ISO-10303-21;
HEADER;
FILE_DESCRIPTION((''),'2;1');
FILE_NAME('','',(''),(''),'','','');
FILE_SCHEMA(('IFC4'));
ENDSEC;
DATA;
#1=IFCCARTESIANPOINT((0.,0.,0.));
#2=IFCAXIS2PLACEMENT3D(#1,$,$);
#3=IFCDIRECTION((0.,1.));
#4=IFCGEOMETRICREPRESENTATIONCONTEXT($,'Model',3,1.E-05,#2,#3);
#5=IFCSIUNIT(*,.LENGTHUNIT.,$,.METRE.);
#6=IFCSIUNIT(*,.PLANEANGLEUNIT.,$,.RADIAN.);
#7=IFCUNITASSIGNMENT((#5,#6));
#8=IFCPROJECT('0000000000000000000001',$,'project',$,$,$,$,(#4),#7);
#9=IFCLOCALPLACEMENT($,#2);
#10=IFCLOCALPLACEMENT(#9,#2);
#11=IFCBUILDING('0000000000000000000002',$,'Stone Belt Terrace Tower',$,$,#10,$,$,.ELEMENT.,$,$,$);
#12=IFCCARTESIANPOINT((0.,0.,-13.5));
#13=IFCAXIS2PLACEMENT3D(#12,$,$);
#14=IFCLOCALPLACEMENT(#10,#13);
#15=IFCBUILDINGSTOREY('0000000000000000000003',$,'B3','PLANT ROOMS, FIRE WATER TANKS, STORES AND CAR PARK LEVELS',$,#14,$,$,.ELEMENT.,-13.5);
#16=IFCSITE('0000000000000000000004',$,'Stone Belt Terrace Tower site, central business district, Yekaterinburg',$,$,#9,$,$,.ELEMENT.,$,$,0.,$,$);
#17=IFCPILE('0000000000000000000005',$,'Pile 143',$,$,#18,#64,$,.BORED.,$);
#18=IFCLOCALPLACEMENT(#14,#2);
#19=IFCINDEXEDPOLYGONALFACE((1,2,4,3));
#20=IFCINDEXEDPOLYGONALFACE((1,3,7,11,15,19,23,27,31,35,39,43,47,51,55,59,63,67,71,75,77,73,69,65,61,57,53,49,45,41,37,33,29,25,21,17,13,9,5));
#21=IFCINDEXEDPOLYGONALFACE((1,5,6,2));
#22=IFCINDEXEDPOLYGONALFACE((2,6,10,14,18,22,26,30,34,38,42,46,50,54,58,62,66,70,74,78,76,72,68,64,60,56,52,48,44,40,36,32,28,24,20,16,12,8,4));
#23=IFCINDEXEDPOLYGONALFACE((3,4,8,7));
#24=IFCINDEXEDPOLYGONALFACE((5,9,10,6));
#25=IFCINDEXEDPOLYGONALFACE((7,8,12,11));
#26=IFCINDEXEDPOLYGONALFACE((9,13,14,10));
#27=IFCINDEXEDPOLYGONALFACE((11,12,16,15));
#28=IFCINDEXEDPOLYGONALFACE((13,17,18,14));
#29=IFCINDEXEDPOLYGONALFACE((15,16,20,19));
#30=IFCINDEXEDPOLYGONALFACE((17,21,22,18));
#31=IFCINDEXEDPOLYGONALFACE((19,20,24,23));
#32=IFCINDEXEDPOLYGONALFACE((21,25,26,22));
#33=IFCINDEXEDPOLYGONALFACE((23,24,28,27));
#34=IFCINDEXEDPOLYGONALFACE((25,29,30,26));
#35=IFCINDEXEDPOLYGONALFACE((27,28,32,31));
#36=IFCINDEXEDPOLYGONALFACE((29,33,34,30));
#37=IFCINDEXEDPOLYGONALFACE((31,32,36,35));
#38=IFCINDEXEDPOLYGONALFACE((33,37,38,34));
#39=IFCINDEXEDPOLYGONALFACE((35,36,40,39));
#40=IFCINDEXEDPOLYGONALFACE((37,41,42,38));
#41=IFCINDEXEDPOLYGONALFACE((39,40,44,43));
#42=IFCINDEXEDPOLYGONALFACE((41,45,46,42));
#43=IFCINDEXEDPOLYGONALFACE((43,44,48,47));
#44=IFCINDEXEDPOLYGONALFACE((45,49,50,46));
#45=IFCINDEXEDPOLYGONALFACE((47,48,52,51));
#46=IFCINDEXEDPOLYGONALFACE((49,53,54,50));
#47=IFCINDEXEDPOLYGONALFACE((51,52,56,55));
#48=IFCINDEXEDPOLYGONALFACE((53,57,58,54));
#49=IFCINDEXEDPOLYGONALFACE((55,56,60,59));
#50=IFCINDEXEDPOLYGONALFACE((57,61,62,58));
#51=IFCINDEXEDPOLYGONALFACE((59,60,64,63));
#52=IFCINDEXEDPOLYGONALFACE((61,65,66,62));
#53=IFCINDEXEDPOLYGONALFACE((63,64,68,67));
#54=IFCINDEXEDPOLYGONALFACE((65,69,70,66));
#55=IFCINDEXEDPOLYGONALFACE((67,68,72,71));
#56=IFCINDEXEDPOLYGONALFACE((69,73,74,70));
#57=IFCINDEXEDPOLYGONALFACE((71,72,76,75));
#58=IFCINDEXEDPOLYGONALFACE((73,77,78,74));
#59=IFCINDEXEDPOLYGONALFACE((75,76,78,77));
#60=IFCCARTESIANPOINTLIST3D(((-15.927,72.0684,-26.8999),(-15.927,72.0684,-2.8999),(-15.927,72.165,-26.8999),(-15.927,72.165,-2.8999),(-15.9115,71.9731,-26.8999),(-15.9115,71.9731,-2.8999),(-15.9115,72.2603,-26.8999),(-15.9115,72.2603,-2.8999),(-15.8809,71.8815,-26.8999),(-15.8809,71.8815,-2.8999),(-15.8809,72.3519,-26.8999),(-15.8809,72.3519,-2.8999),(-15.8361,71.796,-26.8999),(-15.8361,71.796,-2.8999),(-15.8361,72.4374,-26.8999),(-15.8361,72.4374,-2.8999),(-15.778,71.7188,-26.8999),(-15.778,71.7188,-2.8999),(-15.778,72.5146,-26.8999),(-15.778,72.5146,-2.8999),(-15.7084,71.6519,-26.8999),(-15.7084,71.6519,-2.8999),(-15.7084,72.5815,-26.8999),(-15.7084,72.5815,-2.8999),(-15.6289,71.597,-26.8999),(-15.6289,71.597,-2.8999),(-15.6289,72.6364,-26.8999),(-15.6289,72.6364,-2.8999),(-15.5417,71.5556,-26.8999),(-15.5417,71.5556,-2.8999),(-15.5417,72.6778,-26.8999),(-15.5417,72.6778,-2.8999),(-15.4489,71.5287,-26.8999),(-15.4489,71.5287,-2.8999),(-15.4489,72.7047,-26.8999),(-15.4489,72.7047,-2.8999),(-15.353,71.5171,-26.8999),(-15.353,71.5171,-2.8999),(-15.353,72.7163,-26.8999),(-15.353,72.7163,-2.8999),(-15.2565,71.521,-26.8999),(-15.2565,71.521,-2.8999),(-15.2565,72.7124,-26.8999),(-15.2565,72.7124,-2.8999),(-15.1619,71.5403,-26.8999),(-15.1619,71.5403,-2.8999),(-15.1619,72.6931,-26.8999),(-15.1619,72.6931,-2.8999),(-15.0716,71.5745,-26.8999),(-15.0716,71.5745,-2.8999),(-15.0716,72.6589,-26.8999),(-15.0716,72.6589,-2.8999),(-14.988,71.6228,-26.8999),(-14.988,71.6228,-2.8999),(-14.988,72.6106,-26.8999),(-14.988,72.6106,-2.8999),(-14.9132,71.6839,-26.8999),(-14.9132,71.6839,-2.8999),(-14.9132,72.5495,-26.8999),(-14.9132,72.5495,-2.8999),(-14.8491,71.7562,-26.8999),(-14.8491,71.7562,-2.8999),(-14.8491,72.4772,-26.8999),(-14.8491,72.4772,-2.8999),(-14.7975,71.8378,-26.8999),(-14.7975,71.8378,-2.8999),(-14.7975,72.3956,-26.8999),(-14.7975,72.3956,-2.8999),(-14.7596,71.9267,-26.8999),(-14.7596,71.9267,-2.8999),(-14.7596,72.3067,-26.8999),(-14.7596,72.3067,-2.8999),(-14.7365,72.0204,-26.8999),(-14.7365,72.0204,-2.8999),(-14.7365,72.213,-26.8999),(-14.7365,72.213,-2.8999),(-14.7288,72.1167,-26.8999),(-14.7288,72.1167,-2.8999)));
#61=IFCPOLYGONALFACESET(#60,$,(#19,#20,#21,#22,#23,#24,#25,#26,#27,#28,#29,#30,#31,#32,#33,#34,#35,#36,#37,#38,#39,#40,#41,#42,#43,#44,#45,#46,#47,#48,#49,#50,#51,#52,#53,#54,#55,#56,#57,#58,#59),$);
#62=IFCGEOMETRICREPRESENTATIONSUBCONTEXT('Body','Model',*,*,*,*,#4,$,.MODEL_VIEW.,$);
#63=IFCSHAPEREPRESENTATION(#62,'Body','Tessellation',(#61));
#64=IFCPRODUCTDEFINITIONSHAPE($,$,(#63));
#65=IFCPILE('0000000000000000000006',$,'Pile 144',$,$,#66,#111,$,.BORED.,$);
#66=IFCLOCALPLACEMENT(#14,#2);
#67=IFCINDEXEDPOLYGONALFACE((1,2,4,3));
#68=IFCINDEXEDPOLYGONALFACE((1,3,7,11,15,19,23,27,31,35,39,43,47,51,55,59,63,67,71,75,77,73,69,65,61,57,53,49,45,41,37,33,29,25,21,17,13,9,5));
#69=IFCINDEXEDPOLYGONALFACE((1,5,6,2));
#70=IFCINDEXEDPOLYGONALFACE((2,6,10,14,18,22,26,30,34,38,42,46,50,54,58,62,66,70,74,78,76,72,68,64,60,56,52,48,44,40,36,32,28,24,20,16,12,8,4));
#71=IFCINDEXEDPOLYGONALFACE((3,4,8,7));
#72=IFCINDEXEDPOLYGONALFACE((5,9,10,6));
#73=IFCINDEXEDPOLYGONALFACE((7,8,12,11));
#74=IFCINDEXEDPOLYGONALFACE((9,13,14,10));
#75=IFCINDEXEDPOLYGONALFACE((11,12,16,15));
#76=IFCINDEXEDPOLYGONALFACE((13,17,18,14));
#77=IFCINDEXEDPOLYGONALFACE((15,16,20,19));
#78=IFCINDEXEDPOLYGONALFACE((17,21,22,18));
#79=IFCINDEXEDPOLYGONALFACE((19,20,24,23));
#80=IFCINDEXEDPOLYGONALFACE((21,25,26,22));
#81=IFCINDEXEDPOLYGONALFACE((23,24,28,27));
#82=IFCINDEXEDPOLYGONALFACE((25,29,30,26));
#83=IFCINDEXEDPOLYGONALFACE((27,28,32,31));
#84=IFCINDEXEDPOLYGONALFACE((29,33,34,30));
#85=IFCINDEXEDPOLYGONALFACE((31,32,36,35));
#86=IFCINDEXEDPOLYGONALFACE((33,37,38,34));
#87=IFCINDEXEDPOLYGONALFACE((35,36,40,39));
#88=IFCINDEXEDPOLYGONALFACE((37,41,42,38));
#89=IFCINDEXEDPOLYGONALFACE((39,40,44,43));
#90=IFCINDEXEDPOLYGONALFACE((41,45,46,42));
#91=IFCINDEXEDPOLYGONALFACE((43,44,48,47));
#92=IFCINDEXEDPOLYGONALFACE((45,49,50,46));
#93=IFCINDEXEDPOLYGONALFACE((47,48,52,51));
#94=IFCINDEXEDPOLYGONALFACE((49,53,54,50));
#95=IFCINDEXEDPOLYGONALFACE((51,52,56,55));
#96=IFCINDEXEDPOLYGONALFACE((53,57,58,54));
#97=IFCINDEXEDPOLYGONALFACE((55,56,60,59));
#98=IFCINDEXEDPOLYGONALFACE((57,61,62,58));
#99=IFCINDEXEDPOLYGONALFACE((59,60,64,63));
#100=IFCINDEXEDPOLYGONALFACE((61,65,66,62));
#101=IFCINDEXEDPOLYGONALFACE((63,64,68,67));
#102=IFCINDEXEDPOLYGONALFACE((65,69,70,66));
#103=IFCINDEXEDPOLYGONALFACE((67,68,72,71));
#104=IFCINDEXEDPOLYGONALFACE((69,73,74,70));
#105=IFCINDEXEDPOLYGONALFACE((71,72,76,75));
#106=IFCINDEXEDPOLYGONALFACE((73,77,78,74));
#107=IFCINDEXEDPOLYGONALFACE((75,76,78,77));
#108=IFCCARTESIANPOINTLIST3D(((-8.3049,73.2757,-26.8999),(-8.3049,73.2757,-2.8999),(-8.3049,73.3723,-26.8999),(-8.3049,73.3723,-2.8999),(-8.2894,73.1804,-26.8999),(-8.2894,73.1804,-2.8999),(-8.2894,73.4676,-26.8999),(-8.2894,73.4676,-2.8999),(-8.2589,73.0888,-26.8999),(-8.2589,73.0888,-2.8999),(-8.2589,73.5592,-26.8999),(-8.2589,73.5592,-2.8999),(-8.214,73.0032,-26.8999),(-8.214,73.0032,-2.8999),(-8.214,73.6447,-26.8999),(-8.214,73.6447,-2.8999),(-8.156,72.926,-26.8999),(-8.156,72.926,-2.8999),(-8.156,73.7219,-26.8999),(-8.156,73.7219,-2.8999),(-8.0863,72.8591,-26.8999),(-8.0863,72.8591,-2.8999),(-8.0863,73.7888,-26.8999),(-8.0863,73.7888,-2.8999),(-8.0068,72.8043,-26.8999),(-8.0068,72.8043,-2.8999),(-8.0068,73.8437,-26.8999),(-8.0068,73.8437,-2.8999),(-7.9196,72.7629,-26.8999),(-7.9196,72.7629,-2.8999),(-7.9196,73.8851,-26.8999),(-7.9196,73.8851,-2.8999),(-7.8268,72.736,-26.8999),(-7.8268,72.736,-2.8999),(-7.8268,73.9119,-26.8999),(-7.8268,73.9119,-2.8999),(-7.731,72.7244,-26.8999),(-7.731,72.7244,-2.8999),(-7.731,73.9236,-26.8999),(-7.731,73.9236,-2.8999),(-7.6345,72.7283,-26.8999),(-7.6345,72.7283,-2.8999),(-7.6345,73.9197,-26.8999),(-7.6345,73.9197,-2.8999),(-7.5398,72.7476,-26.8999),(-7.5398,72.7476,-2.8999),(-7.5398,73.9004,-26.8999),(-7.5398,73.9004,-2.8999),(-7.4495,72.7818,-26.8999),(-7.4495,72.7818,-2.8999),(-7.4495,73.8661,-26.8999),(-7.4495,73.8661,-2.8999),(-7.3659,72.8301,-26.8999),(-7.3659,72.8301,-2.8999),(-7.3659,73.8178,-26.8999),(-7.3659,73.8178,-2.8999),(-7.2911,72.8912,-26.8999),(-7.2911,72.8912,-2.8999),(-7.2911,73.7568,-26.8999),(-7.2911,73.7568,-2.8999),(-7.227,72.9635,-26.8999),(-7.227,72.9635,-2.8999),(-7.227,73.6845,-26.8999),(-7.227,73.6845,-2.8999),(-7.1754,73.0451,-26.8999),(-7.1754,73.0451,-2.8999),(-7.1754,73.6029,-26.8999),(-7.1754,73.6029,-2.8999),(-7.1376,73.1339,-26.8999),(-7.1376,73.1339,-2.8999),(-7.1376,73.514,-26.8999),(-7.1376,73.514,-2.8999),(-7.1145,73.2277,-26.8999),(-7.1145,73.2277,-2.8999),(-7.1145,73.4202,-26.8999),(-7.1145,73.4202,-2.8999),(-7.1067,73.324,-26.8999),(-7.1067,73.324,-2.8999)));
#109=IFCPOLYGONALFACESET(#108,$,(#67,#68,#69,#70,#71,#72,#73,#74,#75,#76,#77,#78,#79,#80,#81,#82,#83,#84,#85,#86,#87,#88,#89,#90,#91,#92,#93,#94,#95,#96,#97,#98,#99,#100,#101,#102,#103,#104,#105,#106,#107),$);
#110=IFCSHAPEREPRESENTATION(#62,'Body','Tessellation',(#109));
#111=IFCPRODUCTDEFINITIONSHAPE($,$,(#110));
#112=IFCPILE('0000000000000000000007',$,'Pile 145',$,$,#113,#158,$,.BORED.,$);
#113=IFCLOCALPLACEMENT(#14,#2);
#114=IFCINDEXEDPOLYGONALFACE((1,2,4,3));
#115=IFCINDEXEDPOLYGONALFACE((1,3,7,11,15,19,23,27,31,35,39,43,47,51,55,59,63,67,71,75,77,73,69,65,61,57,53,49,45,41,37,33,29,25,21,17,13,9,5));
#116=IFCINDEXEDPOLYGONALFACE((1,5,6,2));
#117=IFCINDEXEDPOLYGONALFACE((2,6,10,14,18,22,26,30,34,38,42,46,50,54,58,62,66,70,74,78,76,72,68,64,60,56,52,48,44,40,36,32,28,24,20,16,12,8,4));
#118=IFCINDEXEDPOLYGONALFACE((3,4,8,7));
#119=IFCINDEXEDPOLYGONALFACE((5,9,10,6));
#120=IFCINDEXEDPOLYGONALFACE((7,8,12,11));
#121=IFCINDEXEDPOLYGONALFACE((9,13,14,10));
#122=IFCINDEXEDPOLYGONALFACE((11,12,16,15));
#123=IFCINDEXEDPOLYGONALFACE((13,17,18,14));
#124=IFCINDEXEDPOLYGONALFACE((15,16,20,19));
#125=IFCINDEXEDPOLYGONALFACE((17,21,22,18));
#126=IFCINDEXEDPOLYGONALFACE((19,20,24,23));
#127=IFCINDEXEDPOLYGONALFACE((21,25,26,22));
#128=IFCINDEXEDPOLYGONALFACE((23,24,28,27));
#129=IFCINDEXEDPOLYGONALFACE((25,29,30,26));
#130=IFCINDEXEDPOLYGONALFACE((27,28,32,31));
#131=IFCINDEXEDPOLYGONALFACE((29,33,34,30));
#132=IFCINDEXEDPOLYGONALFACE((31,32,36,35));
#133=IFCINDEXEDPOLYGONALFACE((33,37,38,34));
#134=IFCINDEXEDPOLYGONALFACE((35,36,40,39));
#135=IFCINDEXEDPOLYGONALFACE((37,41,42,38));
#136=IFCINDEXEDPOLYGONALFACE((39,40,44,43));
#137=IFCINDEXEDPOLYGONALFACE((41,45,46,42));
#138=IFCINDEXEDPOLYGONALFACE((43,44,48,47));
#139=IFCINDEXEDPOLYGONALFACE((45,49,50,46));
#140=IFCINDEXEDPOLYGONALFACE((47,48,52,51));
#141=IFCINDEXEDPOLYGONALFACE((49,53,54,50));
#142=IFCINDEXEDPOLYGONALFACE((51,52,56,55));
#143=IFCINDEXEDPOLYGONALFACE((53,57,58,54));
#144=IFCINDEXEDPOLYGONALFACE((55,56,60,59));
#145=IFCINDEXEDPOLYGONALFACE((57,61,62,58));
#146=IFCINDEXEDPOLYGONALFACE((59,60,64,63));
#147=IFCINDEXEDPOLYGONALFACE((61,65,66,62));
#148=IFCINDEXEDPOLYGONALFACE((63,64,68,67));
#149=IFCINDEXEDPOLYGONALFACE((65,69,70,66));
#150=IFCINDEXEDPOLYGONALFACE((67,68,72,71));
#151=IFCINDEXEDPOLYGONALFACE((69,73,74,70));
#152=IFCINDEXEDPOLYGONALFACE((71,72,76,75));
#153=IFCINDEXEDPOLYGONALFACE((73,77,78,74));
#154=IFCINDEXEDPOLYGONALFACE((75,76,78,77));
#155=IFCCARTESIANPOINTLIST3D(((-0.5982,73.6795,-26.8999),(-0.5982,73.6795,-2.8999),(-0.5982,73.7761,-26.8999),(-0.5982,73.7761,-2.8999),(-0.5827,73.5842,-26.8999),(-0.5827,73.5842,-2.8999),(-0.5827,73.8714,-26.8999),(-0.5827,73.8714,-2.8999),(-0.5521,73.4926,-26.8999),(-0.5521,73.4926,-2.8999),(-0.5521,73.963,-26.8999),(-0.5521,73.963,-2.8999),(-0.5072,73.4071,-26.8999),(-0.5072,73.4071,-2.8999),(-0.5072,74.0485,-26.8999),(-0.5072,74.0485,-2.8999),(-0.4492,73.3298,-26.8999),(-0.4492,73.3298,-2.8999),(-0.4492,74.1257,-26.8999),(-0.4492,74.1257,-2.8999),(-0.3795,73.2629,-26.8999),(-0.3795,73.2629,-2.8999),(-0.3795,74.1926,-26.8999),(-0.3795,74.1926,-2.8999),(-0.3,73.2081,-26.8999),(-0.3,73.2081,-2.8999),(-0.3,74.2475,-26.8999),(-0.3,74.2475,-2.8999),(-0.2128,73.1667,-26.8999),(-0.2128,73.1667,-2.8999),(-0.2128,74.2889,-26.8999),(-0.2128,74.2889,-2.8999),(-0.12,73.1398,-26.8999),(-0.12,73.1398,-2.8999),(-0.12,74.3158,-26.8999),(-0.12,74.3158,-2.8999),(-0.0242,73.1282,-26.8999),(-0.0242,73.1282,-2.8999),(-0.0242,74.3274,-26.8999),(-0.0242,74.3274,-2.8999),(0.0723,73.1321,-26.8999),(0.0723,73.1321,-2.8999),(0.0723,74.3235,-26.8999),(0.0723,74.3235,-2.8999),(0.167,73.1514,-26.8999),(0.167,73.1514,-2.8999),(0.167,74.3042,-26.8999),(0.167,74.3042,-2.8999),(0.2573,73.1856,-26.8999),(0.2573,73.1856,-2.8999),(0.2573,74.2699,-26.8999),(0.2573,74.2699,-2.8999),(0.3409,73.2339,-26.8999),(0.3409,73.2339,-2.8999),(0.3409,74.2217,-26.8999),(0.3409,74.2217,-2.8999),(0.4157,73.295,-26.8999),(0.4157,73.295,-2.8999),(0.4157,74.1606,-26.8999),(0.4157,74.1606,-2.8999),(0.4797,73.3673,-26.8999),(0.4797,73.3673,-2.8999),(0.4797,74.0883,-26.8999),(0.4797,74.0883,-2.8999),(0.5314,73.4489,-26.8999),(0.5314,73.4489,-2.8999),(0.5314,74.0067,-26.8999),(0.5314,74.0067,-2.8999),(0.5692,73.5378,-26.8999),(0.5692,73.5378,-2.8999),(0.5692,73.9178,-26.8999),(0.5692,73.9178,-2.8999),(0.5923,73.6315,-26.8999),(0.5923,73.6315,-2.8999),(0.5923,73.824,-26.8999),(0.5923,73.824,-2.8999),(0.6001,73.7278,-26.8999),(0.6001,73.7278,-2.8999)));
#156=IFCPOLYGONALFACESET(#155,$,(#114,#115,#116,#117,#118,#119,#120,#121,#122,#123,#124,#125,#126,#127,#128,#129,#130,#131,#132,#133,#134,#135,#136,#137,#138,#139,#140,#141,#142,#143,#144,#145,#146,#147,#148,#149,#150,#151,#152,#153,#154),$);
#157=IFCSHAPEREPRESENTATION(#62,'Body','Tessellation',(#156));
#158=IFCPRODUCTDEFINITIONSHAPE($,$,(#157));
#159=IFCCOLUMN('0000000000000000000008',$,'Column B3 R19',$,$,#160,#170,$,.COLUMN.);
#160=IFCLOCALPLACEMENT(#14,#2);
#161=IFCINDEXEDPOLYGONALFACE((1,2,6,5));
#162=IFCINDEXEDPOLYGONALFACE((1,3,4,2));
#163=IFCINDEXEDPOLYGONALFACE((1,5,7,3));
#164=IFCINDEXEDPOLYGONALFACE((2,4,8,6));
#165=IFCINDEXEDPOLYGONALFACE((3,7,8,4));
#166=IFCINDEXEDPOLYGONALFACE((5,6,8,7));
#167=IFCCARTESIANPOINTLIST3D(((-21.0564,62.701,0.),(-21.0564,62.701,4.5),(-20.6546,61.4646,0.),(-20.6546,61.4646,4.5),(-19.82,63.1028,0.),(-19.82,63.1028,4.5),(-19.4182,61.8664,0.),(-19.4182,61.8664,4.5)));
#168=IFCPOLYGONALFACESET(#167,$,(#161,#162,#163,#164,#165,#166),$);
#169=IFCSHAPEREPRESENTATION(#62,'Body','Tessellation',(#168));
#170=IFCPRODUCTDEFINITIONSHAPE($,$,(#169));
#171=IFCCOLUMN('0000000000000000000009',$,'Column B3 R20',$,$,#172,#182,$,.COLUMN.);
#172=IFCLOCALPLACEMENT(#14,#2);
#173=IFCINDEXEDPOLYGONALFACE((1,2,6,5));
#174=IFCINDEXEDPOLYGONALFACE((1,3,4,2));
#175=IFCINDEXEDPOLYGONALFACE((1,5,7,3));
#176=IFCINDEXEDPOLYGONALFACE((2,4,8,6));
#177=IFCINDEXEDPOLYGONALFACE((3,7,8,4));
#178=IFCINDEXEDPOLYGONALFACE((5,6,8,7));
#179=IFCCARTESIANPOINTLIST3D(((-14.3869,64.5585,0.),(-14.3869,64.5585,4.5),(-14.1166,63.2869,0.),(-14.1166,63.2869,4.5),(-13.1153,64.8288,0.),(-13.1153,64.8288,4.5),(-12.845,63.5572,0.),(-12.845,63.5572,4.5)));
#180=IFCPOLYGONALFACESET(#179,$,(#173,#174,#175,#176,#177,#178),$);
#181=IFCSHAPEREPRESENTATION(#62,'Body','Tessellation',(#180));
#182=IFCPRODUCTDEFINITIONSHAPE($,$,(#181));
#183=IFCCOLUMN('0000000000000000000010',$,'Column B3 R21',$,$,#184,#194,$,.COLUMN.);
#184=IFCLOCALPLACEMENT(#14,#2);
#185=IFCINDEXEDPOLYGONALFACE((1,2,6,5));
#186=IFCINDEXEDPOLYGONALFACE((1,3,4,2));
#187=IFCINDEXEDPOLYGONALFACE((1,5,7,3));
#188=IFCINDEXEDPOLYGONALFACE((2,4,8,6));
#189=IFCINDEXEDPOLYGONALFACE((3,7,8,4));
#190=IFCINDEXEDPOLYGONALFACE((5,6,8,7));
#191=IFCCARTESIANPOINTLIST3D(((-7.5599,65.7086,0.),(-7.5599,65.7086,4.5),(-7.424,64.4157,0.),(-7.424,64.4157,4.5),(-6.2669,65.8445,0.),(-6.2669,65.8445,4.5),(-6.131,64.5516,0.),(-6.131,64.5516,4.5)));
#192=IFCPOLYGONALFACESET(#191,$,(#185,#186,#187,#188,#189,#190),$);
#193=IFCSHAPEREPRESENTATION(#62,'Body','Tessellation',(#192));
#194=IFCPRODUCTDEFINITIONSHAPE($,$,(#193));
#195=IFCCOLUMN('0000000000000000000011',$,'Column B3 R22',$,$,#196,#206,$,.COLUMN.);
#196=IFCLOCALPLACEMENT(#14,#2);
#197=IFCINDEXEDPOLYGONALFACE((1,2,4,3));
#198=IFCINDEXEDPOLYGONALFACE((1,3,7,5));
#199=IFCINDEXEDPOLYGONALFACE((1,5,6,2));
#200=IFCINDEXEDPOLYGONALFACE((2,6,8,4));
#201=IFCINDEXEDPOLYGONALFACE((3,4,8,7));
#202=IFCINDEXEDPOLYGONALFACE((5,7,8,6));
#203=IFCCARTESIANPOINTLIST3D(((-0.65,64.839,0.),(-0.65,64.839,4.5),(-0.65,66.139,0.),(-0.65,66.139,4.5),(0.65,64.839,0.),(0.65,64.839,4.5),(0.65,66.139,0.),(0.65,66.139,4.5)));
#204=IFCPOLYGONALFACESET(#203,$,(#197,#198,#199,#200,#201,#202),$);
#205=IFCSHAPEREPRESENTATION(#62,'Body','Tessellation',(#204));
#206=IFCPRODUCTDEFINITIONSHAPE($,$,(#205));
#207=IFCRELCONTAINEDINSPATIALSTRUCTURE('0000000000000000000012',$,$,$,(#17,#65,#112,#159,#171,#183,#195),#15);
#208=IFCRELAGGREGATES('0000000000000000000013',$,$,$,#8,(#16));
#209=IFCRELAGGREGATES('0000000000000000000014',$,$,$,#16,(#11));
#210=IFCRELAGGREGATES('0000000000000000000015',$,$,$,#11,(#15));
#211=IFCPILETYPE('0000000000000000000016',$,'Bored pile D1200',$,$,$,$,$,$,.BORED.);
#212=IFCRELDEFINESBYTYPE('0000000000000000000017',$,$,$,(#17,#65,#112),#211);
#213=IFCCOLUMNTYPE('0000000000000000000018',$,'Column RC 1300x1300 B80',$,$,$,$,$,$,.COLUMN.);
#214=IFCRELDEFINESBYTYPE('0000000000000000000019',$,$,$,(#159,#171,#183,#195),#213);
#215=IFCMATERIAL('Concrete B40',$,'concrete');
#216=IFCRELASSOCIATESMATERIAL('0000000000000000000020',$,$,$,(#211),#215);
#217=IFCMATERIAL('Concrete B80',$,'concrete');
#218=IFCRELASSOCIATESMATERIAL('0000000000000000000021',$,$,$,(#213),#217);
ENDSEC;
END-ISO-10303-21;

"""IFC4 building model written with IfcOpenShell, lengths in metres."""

from ifc_helpers import new_model, si_unit, direction, frame, origin, origin_2d, place, context, subcontext, project, spatial, rectangle, circle, extrude, material, material_profile, profile_set, type_object, element, save


model = new_model("IFC4")

# Units and contexts
model_context = context("Model", 3, precision=1e-05, world=origin(), true_north=direction((0.0, 1.0)))
body_context = subcontext(model_context, "Body", "Model", "MODEL_VIEW")
ifc_project = project(units=[si_unit("LENGTHUNIT", "METRE"), si_unit("PLANEANGLEUNIT", "RADIAN")], contexts=[model_context])

# Site, building, storey
site_placement = place(None, origin())
site = spatial("IfcSite", under=ifc_project, at=site_placement, Name="Stone Belt Terrace Tower site, central business district, Yekaterinburg", CompositionType="ELEMENT", RefElevation=0.0)
building_placement = place(site_placement, origin())
building = spatial("IfcBuilding", under=site, at=building_placement, Name="Stone Belt Terrace Tower", CompositionType="ELEMENT")
storey_placement = place(building_placement, frame((0.0, 0.0, -13.5)))
storey = spatial("IfcBuildingStorey", under=building, at=storey_placement, Name="B3", Description="PLANT ROOMS, FIRE WATER TANKS, STORES AND CAR PARK LEVELS", CompositionType="ELEMENT", Elevation=-13.5)

# Piles
ifc_material_1 = material(Name="Concrete B40", Category="concrete")
ifc_material_profile_1 = material_profile(ifc_material_1, circle(Radius=0.6001, at=origin_2d()), Name="PILE D1200")
ifc_profile_set_1 = profile_set([ifc_material_profile_1], Name="Concrete B40")
pile_type = type_object("IfcPileType", Name="Bored pile D1200", PredefinedType="BORED", material=ifc_profile_set_1)
for number, where, z_axis, x_axis, name in (
    (1, (-15.3289, 72.1167, -2.8999), (0.0, 0.0, -1.0), (1.0, 0.0, 0.0), "Pile 143"),
    (2, (-7.7068, 73.324, -2.8999), (0.0, 0.0, -1.0), (1.0, 0.0, 0.0), "Pile 144"),
    (3, (0.0, 73.7278, -2.8999), (0.0, 0.0, -1.0), (1.0, 0.0, 0.0), "Pile 145"),
):
    element("IfcPile", number, at=place(storey_placement, frame(where, z_axis=z_axis, x_axis=x_axis)), inside=storey, type_object=pile_type, Name=name, PredefinedType="BORED", context=body_context, shape_type="SweptSolid", body=[
        extrude(circle(Radius=0.6001, at=origin_2d()), origin(), (0.0, 0.0, 1.0), 24.0),
    ])

# Columns
ifc_material_2 = material(Name="Concrete B80", Category="concrete")
ifc_material_profile_2 = material_profile(ifc_material_2, rectangle(XDim=1.3, YDim=1.3, at=origin_2d()), Name="RC 1300x1300")
ifc_profile_set_2 = profile_set([ifc_material_profile_2], Name="Concrete B80")
column_type_1 = type_object("IfcColumnType", Name="Column RC 1300x1300 B80", PredefinedType="COLUMN", material=ifc_profile_set_2)
for number, where, z_axis, x_axis, name in (
    (4, (-20.2373, 62.2837, 0.0), (0.0, 0.0, 1.0), (0.951057, 0.309017, 0.0), "Column B3 R19"),
    (5, (-13.616, 64.0579, 0.0), (0.0, 0.0, 1.0), (0.978148, 0.207912, 0.0), "Column B3 R20"),
    (6, (-6.8455, 65.1301, 0.0), (0.0, 0.0, 1.0), (0.994522, 0.104528, 0.0), "Column B3 R21"),
    (7, (0.0, 65.489, 0.0), (0.0, 0.0, 1.0), (1.0, 0.0, 0.0), "Column B3 R22"),
):
    element("IfcColumn", number, at=place(storey_placement, frame(where, z_axis=z_axis, x_axis=x_axis)), inside=storey, type_object=column_type_1, Name=name, PredefinedType="COLUMN", context=body_context, shape_type="SweptSolid", body=[
        extrude(rectangle(XDim=1.3, YDim=1.3, at=origin_2d()), origin(), (0.0, 0.0, 1.0), 4.5),
    ])

save(model, "model.ifc")
